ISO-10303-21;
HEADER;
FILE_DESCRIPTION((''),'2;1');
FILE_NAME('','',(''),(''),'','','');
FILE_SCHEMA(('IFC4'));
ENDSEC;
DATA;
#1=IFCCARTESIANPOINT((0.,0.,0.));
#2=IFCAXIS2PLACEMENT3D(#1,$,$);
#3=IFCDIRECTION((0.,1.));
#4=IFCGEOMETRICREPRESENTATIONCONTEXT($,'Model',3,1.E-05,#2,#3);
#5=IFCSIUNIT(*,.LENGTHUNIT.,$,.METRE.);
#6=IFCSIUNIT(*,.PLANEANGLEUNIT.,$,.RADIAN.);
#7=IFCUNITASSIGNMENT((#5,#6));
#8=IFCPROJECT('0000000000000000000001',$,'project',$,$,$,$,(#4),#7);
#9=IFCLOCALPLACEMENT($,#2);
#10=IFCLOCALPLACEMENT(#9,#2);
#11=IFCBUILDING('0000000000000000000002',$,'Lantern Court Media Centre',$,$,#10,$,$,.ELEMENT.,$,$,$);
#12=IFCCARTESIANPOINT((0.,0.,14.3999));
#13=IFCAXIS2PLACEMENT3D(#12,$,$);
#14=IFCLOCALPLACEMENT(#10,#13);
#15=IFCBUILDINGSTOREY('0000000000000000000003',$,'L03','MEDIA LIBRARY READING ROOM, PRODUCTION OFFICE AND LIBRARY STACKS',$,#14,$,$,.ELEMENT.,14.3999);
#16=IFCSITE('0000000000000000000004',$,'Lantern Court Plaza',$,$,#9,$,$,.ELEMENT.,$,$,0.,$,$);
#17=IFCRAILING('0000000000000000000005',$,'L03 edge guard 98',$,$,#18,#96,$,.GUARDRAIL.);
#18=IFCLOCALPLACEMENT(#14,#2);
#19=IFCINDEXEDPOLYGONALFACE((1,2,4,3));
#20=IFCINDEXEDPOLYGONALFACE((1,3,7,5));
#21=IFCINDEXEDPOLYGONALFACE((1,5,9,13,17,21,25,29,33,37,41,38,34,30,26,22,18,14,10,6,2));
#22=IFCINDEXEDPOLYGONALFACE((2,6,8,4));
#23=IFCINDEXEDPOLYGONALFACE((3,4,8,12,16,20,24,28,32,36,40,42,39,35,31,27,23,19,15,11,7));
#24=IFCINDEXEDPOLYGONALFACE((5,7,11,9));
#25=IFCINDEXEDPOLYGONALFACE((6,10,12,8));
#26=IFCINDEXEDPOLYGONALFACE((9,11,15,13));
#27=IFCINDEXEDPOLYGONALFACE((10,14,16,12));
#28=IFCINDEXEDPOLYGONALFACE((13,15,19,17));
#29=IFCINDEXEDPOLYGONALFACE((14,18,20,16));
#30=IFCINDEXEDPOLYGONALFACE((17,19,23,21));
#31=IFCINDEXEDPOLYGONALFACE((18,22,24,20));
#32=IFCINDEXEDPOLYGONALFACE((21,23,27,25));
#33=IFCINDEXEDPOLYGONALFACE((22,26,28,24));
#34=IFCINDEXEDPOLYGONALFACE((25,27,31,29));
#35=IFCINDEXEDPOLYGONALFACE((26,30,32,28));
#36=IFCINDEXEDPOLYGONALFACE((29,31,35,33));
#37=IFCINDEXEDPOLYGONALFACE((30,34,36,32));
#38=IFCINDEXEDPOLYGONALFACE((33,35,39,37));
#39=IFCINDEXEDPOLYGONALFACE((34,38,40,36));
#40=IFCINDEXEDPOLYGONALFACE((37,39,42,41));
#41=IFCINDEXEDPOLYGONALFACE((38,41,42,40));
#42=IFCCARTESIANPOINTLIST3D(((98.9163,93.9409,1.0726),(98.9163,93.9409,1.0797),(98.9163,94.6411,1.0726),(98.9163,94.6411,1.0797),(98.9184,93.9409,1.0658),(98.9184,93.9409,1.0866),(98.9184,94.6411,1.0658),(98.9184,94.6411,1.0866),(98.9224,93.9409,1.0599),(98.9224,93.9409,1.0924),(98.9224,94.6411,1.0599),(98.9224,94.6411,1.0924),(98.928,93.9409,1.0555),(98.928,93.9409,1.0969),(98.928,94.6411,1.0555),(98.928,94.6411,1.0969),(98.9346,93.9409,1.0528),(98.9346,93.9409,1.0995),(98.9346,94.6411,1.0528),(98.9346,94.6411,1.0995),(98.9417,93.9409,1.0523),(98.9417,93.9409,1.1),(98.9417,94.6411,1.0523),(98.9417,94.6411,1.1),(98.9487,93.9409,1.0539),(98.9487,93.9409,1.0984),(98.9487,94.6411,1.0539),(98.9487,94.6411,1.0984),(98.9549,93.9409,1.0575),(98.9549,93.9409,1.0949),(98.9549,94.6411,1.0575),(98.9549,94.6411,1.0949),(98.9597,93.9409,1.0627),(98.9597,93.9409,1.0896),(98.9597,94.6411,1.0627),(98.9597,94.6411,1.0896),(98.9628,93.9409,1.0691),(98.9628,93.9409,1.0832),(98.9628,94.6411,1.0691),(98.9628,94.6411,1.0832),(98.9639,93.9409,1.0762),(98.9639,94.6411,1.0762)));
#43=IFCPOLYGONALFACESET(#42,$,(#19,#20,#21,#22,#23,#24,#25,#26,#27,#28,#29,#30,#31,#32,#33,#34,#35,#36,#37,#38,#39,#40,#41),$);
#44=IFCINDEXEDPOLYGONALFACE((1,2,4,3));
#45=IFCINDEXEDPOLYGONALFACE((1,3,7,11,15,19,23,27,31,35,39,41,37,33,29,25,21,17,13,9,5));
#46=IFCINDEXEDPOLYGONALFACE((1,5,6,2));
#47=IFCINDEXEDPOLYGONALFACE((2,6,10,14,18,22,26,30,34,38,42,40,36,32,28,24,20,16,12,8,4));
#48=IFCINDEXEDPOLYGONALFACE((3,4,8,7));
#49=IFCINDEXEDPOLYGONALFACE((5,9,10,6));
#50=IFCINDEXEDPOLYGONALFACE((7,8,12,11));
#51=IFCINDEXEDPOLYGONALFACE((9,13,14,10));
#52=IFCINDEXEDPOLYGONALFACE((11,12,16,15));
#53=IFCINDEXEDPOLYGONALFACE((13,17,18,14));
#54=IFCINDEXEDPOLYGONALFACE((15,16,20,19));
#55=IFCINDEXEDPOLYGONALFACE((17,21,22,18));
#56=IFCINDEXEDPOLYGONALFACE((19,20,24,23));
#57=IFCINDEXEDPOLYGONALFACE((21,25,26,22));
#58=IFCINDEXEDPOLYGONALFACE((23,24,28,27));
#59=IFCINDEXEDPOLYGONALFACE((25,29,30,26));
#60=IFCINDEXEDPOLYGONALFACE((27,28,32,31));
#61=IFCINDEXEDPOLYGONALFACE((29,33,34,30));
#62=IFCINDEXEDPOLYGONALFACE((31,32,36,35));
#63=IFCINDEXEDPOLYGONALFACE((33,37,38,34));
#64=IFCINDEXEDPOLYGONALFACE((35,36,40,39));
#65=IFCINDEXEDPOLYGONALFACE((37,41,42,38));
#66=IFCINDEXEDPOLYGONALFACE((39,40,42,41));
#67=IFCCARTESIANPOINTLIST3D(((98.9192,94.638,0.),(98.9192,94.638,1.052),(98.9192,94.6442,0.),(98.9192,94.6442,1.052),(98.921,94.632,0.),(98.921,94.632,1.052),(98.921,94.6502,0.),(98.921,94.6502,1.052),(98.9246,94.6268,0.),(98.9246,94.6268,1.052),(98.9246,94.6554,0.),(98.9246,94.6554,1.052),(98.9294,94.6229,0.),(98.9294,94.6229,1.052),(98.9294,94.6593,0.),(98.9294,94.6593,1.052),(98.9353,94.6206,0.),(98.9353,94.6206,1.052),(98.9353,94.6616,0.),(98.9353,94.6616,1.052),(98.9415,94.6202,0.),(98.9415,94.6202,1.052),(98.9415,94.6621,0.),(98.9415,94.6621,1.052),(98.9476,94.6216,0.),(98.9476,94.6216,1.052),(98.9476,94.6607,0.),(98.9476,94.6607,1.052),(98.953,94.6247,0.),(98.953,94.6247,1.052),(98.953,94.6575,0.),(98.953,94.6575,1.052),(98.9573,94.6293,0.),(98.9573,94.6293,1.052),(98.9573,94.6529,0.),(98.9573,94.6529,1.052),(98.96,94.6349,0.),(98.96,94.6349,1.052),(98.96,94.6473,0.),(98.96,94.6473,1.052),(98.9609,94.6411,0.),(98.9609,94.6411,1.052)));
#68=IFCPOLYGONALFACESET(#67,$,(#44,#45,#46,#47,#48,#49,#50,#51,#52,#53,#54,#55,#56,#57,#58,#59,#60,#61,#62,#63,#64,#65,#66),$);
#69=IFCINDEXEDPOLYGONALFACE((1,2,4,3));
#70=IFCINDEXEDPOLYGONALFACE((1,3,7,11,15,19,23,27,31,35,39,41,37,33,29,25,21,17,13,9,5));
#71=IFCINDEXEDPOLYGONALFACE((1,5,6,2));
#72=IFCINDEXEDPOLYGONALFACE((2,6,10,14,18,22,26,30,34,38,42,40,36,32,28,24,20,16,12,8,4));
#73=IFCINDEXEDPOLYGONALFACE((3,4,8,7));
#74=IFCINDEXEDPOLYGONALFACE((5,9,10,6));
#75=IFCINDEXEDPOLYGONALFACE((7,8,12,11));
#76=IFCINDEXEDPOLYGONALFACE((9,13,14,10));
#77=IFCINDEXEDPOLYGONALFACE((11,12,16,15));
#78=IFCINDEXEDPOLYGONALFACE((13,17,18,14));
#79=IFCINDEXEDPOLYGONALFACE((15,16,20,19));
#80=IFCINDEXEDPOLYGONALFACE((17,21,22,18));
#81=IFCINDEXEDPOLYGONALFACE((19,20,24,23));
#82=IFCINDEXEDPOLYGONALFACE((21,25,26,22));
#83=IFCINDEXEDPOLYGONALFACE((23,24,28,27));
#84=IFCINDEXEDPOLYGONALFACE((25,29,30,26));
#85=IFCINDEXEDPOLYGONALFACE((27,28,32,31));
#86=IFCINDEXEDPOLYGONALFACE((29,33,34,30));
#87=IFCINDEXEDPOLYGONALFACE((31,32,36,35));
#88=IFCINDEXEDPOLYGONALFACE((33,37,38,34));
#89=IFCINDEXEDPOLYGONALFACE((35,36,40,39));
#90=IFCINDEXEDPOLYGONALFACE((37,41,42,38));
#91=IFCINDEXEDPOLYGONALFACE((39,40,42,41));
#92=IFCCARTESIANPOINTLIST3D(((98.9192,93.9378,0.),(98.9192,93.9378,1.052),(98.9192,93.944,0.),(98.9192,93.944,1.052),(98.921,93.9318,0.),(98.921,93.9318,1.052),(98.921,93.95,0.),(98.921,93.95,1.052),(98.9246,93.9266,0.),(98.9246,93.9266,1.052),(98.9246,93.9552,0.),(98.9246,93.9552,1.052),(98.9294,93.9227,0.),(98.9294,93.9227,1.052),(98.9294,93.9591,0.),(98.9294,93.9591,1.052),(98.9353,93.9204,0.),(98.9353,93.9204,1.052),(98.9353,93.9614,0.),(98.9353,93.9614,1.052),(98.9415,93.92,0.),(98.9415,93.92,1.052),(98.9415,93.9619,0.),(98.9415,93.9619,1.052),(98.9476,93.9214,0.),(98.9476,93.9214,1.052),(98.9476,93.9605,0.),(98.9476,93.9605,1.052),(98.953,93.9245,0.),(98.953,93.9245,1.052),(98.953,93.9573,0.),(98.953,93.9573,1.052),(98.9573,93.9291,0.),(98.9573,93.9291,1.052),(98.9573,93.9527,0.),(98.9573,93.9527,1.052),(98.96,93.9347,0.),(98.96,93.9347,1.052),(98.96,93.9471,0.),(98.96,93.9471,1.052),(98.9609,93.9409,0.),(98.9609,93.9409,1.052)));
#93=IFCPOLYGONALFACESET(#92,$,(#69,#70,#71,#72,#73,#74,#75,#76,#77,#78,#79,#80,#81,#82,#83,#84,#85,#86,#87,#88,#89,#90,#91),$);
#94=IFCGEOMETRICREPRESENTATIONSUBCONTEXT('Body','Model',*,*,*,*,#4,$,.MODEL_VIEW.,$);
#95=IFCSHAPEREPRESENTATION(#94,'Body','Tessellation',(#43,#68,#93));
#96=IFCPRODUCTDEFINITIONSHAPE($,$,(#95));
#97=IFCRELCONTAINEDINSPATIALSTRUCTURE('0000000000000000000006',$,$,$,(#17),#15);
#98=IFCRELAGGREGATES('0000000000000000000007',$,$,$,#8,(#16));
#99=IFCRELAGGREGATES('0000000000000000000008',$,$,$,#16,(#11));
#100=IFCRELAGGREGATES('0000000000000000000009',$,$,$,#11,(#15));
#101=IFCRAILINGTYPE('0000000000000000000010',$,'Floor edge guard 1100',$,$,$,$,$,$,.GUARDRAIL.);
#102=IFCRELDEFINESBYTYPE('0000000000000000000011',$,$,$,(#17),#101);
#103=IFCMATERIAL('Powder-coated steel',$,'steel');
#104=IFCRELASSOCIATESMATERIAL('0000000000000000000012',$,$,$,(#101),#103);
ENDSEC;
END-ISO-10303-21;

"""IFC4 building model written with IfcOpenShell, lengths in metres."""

from ifc_helpers import new_model, si_unit, direction, frame, origin, origin_2d, place, context, subcontext, project, spatial, circle, extrude, material, type_object, element, save


model = new_model("IFC4")

# Units and contexts
model_context = context("Model", 3, precision=1e-05, world=origin(), true_north=direction((0.0, 1.0)))
body_context = subcontext(model_context, "Body", "Model", "MODEL_VIEW")
ifc_project = project(units=[si_unit("LENGTHUNIT", "METRE"), si_unit("PLANEANGLEUNIT", "RADIAN")], contexts=[model_context])

# Site, building, storey
site_placement = place(None, origin())
site = spatial("IfcSite", under=ifc_project, at=site_placement, Name="Lantern Court Plaza", CompositionType="ELEMENT", RefElevation=0.0)
building_placement = place(site_placement, origin())
building = spatial("IfcBuilding", under=site, at=building_placement, Name="Lantern Court Media Centre", CompositionType="ELEMENT")
storey_placement = place(building_placement, frame((0.0, 0.0, 14.3999)))
storey = spatial("IfcBuildingStorey", under=building, at=storey_placement, Name="L03", Description="MEDIA LIBRARY READING ROOM, PRODUCTION OFFICE AND LIBRARY STACKS", CompositionType="ELEMENT", Elevation=14.3999)

# Railing
ifc_material_1 = material(Name="Powder-coated steel", Category="steel")
railing_type = type_object("IfcRailingType", Name="Floor edge guard 1100", PredefinedType="GUARDRAIL", material=ifc_material_1)
railing_1_placement = place(storey_placement, frame((98.9399, 94.6411, 0.0)))
element("IfcRailing", 1, at=railing_1_placement, inside=storey, type_object=railing_type, Name="L03 edge guard 98", PredefinedType="GUARDRAIL", context=body_context, shape_type="SweptSolid", body=[
    extrude(circle(Radius=0.0239, at=origin_2d()), frame((0.0, 0.0, 1.0762), z_axis=(0.0, -1.0, 0.0), x_axis=(1.0, 0.0, 0.0)), (0.0, 0.0, 1.0), 0.7002),
    extrude(circle(Radius=0.021, at=origin_2d()), origin(), (0.0, 0.0, 1.0), 1.052),
    extrude(circle(Radius=0.021, at=origin_2d()), frame((0.0, -0.7002, 0.0)), (0.0, 0.0, 1.0), 1.052),
])

save(model, "model.ifc")
